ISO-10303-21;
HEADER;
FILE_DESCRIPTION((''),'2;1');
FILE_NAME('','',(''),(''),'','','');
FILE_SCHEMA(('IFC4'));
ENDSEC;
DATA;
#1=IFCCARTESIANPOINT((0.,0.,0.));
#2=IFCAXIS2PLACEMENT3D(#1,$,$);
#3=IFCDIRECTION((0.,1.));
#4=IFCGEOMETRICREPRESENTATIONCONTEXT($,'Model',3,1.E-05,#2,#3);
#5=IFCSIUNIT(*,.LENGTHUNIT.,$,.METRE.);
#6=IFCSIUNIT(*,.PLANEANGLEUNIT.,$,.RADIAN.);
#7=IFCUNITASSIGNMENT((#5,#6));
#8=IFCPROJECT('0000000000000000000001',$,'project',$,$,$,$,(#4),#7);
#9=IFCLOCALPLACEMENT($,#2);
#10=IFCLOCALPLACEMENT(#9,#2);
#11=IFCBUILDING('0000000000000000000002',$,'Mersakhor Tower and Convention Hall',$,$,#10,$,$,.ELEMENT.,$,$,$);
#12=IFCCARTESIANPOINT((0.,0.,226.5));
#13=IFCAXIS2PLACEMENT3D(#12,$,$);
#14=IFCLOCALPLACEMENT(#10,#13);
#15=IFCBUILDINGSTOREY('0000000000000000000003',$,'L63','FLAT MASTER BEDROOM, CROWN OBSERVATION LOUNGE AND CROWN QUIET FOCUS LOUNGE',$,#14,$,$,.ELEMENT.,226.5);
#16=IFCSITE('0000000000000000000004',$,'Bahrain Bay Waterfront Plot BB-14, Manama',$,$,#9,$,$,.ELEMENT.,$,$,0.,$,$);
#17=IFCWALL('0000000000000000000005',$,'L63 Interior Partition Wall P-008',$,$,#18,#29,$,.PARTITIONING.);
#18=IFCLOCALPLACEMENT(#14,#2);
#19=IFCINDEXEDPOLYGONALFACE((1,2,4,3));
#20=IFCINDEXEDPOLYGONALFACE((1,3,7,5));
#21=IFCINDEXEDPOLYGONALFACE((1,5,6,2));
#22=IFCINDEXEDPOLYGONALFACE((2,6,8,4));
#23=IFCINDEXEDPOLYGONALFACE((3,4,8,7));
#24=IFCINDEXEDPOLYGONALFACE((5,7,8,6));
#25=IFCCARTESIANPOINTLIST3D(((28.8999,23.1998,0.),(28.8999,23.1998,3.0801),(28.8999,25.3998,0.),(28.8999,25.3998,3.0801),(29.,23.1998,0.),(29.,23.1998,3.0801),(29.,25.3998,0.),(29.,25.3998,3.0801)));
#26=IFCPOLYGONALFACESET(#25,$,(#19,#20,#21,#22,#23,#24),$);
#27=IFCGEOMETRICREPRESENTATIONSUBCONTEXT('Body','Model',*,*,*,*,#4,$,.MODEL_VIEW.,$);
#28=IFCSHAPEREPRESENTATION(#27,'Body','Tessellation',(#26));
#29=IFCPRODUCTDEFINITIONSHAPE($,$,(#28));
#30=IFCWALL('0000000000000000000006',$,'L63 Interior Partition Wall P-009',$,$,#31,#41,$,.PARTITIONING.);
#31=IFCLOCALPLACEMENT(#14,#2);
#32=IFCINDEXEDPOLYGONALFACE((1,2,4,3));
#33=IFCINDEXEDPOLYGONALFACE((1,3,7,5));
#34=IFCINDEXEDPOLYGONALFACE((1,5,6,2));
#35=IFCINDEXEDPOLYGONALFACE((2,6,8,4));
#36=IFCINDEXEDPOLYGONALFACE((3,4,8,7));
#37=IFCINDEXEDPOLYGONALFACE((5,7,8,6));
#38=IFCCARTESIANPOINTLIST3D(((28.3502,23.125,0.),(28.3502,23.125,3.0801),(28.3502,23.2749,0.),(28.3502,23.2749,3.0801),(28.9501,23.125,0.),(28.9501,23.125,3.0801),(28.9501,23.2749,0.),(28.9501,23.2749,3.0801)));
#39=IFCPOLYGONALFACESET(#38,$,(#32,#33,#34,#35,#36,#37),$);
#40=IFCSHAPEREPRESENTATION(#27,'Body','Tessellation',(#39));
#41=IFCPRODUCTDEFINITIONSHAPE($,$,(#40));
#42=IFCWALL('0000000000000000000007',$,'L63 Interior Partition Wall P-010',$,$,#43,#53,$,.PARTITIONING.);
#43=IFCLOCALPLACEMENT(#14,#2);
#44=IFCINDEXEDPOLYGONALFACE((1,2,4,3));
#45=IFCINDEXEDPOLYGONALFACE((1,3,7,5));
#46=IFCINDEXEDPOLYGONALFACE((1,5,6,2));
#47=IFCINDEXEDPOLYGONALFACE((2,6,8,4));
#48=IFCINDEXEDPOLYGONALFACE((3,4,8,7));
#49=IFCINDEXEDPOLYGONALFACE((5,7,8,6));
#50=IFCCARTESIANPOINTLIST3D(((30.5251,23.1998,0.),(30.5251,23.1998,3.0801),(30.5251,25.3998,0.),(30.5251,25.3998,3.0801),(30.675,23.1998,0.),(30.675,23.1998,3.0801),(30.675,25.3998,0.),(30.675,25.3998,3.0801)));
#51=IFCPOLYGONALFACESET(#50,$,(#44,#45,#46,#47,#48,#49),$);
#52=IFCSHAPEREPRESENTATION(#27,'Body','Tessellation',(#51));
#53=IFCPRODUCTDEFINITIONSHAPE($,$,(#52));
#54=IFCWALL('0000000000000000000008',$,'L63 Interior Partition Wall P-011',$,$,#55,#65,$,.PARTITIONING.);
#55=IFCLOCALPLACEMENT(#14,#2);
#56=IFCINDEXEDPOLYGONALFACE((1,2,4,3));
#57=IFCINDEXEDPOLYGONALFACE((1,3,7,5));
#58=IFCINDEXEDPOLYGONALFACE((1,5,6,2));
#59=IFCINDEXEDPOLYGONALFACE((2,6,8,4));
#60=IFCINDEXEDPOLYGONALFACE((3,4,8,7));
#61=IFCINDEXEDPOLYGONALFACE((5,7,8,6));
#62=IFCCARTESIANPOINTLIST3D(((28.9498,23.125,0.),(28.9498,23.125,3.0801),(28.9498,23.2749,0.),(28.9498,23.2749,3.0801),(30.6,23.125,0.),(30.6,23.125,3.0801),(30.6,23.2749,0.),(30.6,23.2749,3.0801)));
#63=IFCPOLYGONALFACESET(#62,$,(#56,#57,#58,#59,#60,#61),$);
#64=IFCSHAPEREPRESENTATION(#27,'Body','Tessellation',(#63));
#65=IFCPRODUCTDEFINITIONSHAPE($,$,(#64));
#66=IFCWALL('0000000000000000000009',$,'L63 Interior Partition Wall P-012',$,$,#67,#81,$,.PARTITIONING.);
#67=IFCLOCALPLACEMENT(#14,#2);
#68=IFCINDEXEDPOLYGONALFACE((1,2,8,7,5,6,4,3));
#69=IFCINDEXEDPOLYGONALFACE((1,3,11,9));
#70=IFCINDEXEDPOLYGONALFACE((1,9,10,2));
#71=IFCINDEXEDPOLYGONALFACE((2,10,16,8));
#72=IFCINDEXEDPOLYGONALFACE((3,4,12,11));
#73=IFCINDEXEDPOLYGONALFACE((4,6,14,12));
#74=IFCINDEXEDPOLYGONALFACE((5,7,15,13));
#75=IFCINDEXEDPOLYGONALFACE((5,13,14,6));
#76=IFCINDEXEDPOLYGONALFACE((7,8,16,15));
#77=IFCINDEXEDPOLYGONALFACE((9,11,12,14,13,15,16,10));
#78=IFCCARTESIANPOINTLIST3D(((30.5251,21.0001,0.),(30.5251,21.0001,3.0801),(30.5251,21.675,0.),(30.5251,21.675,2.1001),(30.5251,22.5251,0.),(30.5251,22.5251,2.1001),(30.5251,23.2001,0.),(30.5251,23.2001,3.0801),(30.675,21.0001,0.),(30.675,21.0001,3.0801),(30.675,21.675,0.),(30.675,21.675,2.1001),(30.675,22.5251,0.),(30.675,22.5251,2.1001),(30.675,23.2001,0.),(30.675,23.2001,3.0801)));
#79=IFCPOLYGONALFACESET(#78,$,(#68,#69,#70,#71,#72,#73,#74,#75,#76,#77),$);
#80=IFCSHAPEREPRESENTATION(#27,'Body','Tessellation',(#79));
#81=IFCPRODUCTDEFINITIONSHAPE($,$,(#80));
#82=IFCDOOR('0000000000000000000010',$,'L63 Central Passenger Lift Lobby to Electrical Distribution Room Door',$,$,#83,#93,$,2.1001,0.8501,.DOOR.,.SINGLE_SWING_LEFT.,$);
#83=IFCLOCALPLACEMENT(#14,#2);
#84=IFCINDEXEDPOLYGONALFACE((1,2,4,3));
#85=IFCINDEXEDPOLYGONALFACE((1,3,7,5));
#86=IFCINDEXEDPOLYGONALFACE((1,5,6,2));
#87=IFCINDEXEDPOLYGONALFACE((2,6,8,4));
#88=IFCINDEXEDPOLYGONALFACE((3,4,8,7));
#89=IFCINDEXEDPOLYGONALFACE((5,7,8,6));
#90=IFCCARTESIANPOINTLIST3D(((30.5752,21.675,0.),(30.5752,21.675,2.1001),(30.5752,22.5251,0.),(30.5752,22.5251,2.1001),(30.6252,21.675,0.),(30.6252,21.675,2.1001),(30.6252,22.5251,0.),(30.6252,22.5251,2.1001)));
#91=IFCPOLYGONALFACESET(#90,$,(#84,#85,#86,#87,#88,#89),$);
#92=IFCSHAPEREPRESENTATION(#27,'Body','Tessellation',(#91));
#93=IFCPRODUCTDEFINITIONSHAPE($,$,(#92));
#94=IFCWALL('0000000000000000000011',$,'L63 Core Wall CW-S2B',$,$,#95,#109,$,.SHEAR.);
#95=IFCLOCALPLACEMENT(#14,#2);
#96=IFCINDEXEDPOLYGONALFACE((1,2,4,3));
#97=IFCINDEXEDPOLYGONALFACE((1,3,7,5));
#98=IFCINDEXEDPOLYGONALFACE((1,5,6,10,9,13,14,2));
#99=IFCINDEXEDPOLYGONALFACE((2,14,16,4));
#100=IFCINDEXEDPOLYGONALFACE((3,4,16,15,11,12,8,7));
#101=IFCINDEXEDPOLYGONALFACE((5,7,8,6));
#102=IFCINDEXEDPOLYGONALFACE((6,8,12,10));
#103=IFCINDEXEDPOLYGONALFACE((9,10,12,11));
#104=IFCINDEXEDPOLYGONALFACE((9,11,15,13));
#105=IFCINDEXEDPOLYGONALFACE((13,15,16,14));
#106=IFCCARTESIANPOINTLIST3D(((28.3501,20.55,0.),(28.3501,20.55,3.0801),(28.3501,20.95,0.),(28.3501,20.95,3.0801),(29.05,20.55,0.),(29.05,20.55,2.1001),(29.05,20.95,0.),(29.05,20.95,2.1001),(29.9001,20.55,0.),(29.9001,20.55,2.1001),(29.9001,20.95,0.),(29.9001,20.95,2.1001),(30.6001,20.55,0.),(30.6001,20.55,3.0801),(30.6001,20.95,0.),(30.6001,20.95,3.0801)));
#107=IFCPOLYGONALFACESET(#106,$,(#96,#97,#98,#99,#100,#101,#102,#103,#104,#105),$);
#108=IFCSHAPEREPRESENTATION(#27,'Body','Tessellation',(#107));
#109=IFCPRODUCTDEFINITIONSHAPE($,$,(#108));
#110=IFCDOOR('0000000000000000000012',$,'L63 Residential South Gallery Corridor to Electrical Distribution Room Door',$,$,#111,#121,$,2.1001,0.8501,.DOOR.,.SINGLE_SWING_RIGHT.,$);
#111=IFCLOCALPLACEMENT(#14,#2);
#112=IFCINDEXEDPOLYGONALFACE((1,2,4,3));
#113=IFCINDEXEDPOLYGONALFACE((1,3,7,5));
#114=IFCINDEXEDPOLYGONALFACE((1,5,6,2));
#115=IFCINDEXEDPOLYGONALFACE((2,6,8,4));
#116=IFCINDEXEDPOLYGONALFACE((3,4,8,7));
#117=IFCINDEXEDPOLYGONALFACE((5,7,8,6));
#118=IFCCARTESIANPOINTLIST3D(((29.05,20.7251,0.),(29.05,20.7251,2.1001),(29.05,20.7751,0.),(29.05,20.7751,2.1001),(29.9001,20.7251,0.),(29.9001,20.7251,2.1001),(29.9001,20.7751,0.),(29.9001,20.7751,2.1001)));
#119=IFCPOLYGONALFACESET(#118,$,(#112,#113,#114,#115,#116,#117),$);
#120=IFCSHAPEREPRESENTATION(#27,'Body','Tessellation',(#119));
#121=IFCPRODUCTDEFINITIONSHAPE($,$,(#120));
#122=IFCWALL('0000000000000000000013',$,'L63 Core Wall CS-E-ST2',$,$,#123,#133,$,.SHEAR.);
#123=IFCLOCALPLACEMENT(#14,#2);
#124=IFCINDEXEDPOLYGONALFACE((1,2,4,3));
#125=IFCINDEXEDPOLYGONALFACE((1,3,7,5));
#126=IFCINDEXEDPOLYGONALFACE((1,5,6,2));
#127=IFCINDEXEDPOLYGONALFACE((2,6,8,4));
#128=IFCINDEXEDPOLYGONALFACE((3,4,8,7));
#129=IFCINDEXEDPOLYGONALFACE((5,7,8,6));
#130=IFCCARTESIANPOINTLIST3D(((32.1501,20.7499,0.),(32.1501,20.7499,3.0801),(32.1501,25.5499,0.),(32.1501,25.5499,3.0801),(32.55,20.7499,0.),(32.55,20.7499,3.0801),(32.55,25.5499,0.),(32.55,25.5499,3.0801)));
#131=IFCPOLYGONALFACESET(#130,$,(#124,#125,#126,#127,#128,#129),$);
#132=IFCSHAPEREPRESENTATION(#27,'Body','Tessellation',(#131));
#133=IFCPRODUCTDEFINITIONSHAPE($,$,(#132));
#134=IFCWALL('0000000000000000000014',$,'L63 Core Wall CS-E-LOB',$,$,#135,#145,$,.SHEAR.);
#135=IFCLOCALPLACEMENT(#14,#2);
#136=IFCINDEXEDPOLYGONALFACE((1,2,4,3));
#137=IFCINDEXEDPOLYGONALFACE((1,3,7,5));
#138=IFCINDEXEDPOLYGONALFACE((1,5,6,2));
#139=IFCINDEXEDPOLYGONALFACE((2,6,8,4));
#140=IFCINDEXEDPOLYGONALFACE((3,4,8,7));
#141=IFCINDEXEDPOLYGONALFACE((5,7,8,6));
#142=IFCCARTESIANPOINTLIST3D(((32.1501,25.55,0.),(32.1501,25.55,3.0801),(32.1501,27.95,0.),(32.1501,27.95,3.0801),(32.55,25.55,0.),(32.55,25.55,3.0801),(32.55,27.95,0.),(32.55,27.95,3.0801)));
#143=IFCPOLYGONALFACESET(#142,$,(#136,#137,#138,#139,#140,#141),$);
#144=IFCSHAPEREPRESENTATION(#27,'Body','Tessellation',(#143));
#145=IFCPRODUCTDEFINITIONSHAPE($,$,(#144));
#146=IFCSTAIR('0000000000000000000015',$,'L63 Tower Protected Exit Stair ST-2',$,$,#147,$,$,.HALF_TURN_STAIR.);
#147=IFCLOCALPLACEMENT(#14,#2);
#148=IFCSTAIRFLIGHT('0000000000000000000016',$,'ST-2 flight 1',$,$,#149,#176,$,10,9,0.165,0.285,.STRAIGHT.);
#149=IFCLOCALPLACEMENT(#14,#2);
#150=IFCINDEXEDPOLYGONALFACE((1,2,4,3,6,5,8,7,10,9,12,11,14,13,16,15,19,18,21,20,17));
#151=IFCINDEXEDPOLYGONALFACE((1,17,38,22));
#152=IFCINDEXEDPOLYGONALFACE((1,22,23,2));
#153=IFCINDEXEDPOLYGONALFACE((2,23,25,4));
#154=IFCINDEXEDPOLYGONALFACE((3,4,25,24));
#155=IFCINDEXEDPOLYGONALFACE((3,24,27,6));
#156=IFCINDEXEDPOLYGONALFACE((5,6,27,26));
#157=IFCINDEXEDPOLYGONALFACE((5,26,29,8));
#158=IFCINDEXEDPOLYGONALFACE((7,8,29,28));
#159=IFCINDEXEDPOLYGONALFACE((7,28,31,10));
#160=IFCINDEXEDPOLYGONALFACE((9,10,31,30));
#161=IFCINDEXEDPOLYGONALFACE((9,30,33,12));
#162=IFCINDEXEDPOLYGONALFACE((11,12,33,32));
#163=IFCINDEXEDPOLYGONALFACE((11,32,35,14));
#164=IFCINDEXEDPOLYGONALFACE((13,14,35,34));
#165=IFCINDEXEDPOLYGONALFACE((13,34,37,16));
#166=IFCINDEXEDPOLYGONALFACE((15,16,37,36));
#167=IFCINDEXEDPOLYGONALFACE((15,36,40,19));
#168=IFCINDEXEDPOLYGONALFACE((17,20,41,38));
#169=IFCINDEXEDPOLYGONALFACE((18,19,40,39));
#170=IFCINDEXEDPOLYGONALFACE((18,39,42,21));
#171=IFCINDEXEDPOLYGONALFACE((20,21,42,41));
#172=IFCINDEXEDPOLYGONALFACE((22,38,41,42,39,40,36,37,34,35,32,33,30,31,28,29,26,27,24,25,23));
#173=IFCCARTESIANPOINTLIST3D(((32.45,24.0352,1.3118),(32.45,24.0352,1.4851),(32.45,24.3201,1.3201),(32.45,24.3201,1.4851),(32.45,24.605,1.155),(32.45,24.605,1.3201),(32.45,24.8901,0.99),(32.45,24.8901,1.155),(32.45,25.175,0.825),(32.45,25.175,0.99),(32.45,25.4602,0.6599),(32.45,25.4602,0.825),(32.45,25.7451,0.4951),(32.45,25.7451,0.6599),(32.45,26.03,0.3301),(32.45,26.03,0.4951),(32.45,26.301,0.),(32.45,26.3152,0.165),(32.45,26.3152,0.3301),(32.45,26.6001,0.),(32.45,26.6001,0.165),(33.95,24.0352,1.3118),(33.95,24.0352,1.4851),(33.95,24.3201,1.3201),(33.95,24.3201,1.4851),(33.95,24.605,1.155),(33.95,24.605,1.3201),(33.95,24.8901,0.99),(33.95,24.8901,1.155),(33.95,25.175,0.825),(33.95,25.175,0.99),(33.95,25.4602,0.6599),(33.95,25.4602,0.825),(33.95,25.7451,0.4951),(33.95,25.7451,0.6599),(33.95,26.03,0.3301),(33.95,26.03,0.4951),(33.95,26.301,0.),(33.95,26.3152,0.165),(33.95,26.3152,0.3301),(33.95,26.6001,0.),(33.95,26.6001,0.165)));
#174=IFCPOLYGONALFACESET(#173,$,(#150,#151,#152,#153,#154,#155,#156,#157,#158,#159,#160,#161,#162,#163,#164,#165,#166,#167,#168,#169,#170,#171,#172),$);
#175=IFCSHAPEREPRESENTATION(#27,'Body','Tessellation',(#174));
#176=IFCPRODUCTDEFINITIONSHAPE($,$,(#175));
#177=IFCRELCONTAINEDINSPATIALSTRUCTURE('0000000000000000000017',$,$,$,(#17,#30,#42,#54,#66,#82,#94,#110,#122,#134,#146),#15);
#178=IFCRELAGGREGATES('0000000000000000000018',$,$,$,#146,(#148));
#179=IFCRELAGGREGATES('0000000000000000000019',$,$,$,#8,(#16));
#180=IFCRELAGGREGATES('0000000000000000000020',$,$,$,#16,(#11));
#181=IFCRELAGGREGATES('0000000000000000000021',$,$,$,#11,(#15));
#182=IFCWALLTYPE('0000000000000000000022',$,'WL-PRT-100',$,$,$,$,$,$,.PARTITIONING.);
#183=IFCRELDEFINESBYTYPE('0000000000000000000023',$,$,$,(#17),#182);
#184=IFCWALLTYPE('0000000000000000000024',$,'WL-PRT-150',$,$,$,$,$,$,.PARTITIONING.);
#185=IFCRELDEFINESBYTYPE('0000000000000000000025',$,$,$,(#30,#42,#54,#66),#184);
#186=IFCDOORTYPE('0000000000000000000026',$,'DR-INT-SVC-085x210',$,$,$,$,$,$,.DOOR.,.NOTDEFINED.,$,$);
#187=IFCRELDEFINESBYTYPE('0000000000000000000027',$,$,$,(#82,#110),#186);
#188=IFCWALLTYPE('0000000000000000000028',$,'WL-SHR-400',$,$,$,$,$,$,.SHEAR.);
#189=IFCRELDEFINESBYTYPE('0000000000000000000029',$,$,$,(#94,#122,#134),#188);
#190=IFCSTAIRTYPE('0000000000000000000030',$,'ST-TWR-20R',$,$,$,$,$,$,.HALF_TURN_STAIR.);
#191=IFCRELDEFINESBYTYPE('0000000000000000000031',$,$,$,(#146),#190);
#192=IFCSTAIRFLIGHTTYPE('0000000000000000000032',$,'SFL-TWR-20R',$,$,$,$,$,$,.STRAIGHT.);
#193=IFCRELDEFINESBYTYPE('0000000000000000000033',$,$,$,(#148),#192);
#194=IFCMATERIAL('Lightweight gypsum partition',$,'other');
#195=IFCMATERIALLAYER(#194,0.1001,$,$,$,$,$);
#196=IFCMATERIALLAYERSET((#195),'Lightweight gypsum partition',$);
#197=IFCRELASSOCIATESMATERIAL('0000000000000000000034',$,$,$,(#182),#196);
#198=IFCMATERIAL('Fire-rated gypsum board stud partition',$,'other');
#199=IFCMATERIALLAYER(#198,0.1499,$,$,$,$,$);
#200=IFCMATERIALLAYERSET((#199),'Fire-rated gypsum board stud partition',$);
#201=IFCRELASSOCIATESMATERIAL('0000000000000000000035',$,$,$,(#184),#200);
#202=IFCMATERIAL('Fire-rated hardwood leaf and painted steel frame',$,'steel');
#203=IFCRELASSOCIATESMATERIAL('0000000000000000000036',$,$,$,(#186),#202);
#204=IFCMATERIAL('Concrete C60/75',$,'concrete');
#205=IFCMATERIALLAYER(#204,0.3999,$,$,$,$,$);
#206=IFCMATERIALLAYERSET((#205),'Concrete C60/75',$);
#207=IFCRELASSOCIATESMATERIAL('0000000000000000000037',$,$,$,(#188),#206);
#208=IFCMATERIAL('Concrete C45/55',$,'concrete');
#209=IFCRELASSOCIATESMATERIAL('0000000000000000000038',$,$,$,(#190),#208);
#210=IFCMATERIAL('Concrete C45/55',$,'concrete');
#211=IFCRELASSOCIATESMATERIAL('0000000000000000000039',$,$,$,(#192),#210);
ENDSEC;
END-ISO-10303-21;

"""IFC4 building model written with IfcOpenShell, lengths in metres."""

from ifc_helpers import new_model, si_unit, direction, frame, frame_2d, origin, place, context, subcontext, project, spatial, polyline, rectangle, outline, extrude, material, layer, layer_set, type_object, element, fill, aggregate, save


model = new_model("IFC4")

# Units and contexts
model_context = context("Model", 3, precision=1e-05, world=origin(), true_north=direction((0.0, 1.0)))
body_context = subcontext(model_context, "Body", "Model", "MODEL_VIEW")
ifc_project = project(units=[si_unit("LENGTHUNIT", "METRE"), si_unit("PLANEANGLEUNIT", "RADIAN")], contexts=[model_context])

# Site, building, storey
site_placement = place(None, origin())
site = spatial("IfcSite", under=ifc_project, at=site_placement, Name="Bahrain Bay Waterfront Plot BB-14, Manama", CompositionType="ELEMENT", RefElevation=0.0)
building_placement = place(site_placement, origin())
building = spatial("IfcBuilding", under=site, at=building_placement, Name="Mersakhor Tower and Convention Hall", CompositionType="ELEMENT")
storey_placement = place(building_placement, frame((0.0, 0.0, 226.5)))
storey = spatial("IfcBuildingStorey", under=building, at=storey_placement, Name="L63", Description="FLAT MASTER BEDROOM, CROWN OBSERVATION LOUNGE AND CROWN QUIET FOCUS LOUNGE", CompositionType="ELEMENT", Elevation=226.5)

# Walls
ifc_material_1 = material(Name="Lightweight gypsum partition", Category="other")
ifc_layer_1 = layer(ifc_material_1, 0.1001)
ifc_layer_set_1 = layer_set([ifc_layer_1], Name="Lightweight gypsum partition")
wall_type_1 = type_object("IfcWallType", Name="WL-PRT-100", PredefinedType="PARTITIONING", material=ifc_layer_set_1)
wall_1_placement = place(storey_placement, frame((28.95, 25.3999, 0.0), z_axis=(0.0, 0.0, 1.0), x_axis=(0.0, -1.0, 0.0)))
element("IfcWall", 1, at=wall_1_placement, inside=storey, type_object=wall_type_1, Name="L63 Interior Partition Wall P-008", PredefinedType="PARTITIONING", context=body_context, shape_type="SweptSolid", body=[
    extrude(rectangle(XDim=2.2, YDim=0.1001, at=frame_2d((1.1001, 0.0))), origin(), (0.0, 0.0, 1.0), 3.0801),
])
ifc_material_2 = material(Name="Fire-rated gypsum board stud partition", Category="other")
ifc_layer_2 = layer(ifc_material_2, 0.1499)
ifc_layer_set_2 = layer_set([ifc_layer_2], Name="Fire-rated gypsum board stud partition")
wall_type_2 = type_object("IfcWallType", Name="WL-PRT-150", PredefinedType="PARTITIONING", material=ifc_layer_set_2)
wall_2_placement = place(storey_placement, frame((28.95, 23.2, 0.0), z_axis=(0.0, 0.0, 1.0), x_axis=(-1.0, 0.0, 0.0)))
element("IfcWall", 2, at=wall_2_placement, inside=storey, type_object=wall_type_2, Name="L63 Interior Partition Wall P-009", PredefinedType="PARTITIONING", context=body_context, shape_type="SweptSolid", body=[
    extrude(rectangle(XDim=0.5999, YDim=0.1499, at=frame_2d((0.2998, 0.0))), origin(), (0.0, 0.0, 1.0), 3.0801),
])
wall_3_placement = place(storey_placement, frame((30.6001, 25.3999, 0.0), z_axis=(0.0, 0.0, 1.0), x_axis=(0.0, -1.0, 0.0)))
element("IfcWall", 3, at=wall_3_placement, inside=storey, type_object=wall_type_2, Name="L63 Interior Partition Wall P-010", PredefinedType="PARTITIONING", context=body_context, shape_type="SweptSolid", body=[
    extrude(rectangle(XDim=2.2, YDim=0.1499, at=frame_2d((1.1001, 0.0))), origin(), (0.0, 0.0, 1.0), 3.0801),
])
wall_4_placement = place(storey_placement, frame((30.6001, 23.2, 0.0), z_axis=(0.0, 0.0, 1.0), x_axis=(-1.0, 0.0, 0.0)))
element("IfcWall", 4, at=wall_4_placement, inside=storey, type_object=wall_type_2, Name="L63 Interior Partition Wall P-011", PredefinedType="PARTITIONING", context=body_context, shape_type="SweptSolid", body=[
    extrude(rectangle(XDim=1.6501, YDim=0.1499, at=frame_2d((0.8252, 0.0))), origin(), (0.0, 0.0, 1.0), 3.0801),
])

# Walls, openings, doors
wall_5_placement = place(storey_placement, frame((30.6001, 21.0, 0.0), z_axis=(0.0, 0.0, 1.0), x_axis=(0.0, 1.0, 0.0)))
wall_5 = element("IfcWall", 5, at=wall_5_placement, inside=storey, type_object=wall_type_2, Name="L63 Interior Partition Wall P-012", PredefinedType="PARTITIONING", context=body_context, shape_type="SweptSolid", body=[
    extrude(rectangle(XDim=2.2, YDim=0.1499, at=frame_2d((1.1001, 0.0))), origin(), (0.0, 0.0, 1.0), 3.0801),
])
opening_1_placement = place(wall_5_placement, frame((0.675, 0.0, 0.0)))
opening_1 = element("IfcOpeningElement", 6, at=opening_1_placement, cuts=wall_5, PredefinedType="OPENING", context=body_context, shape_type="SweptSolid", body=[
    extrude(rectangle(XDim=0.8501, YDim=2.1001, at=frame_2d((0.425, 1.05))), frame((0.0, 0.085, 0.0), z_axis=(0.0, -1.0, 0.0), x_axis=(1.0, 0.0, 0.0)), (0.0, 0.0, 1.0), 0.1699),
])
ifc_material_3 = material(Name="Fire-rated hardwood leaf and painted steel frame", Category="steel")
door_type_1 = type_object("IfcDoorType", Name="DR-INT-SVC-085x210", OperationType="NOTDEFINED", PredefinedType="DOOR", material=ifc_material_3)
door_1_placement = place(opening_1_placement, origin())
door_1 = element("IfcDoor", 7, at=door_1_placement, inside=storey, type_object=door_type_1, Name="L63 Central Passenger Lift Lobby to Electrical Distribution Room Door", OperationType="SINGLE_SWING_LEFT", OverallHeight=2.1001, OverallWidth=0.8501, PredefinedType="DOOR", context=body_context, shape_type="SweptSolid", body=[
    extrude(rectangle(XDim=0.8501, YDim=2.1001, at=frame_2d((0.425, 1.05))), frame((0.0, 0.0249, 0.0), z_axis=(0.0, -1.0, 0.0), x_axis=(1.0, 0.0, 0.0)), (0.0, 0.0, 1.0), 0.05),
])
fill(opening_1, door_1)
ifc_material_4 = material(Name="Concrete C60/75", Category="concrete")
ifc_layer_3 = layer(ifc_material_4, 0.3999)
ifc_layer_set_3 = layer_set([ifc_layer_3], Name="Concrete C60/75")
wall_type_3 = type_object("IfcWallType", Name="WL-SHR-400", PredefinedType="SHEAR", material=ifc_layer_set_3)
wall_6_placement = place(storey_placement, frame((30.6001, 20.75, 0.0), z_axis=(0.0, 0.0, 1.0), x_axis=(-1.0, 0.0, 0.0)))
wall_6 = element("IfcWall", 8, at=wall_6_placement, inside=storey, type_object=wall_type_3, Name="L63 Core Wall CW-S2B", PredefinedType="SHEAR", context=body_context, shape_type="SweptSolid", body=[
    extrude(rectangle(XDim=2.25, YDim=0.3999, at=frame_2d((1.125, 0.0))), origin(), (0.0, 0.0, 1.0), 3.0801),
])
opening_2_placement = place(wall_6_placement, frame((0.7, 0.0, 0.0)))
opening_2 = element("IfcOpeningElement", 9, at=opening_2_placement, cuts=wall_6, PredefinedType="OPENING", context=body_context, shape_type="SweptSolid", body=[
    extrude(rectangle(XDim=0.8501, YDim=2.1001, at=frame_2d((0.425, 1.05))), frame((0.0, 0.21, 0.0), z_axis=(0.0, -1.0, 0.0), x_axis=(1.0, 0.0, 0.0)), (0.0, 0.0, 1.0), 0.4199),
])
door_2_placement = place(opening_2_placement, origin())
door_2 = element("IfcDoor", 10, at=door_2_placement, inside=storey, type_object=door_type_1, Name="L63 Residential South Gallery Corridor to Electrical Distribution Room Door", OperationType="SINGLE_SWING_RIGHT", OverallHeight=2.1001, OverallWidth=0.8501, PredefinedType="DOOR", context=body_context, shape_type="SweptSolid", body=[
    extrude(rectangle(XDim=0.8501, YDim=2.1001, at=frame_2d((0.425, 1.05))), frame((0.0, 0.0249, 0.0), z_axis=(0.0, -1.0, 0.0), x_axis=(1.0, 0.0, 0.0)), (0.0, 0.0, 1.0), 0.05),
])
fill(opening_2, door_2)

# Walls
wall_7_placement = place(storey_placement, frame((32.3501, 20.75, 0.0), z_axis=(0.0, 0.0, 1.0), x_axis=(0.0, 1.0, 0.0)))
element("IfcWall", 11, at=wall_7_placement, inside=storey, type_object=wall_type_3, Name="L63 Core Wall CS-E-ST2", PredefinedType="SHEAR", context=body_context, shape_type="SweptSolid", body=[
    extrude(rectangle(XDim=4.8, YDim=0.3999, at=frame_2d((2.3999, 0.0))), origin(), (0.0, 0.0, 1.0), 3.0801),
])
wall_8_placement = place(storey_placement, frame((32.3501, 25.55, 0.0), z_axis=(0.0, 0.0, 1.0), x_axis=(0.0, 1.0, 0.0)))
element("IfcWall", 12, at=wall_8_placement, inside=storey, type_object=wall_type_3, Name="L63 Core Wall CS-E-LOB", PredefinedType="SHEAR", context=body_context, shape_type="SweptSolid", body=[
    extrude(rectangle(XDim=2.3999, YDim=0.3999, at=frame_2d((1.2, 0.0))), origin(), (0.0, 0.0, 1.0), 3.0801),
])

# Stair, stair flight
ifc_material_5 = material(Name="Concrete C45/55", Category="concrete")
stair_type = type_object("IfcStairType", Name="ST-TWR-20R", PredefinedType="HALF_TURN_STAIR", material=ifc_material_5)
stair_placement = place(storey_placement, origin())
stair = element("IfcStair", 13, at=stair_placement, inside=storey, type_object=stair_type, Name="L63 Tower Protected Exit Stair ST-2", PredefinedType="HALF_TURN_STAIR")
ifc_material_6 = material(Name="Concrete C45/55", Category="concrete")
stair_flight_type = type_object("IfcStairFlightType", Name="SFL-TWR-20R", PredefinedType="STRAIGHT", material=ifc_material_6)
stair_flight_1_placement = place(storey_placement, frame((33.2, 26.6001, 0.0), z_axis=(0.0, 0.0, 1.0), x_axis=(0.0, -1.0, 0.0)))
stair_flight_1 = element("IfcStairFlight", 14, at=stair_flight_1_placement, type_object=stair_flight_type, Name="ST-2 flight 1", NumberOfRisers=10, NumberOfTreads=9, PredefinedType="STRAIGHT", RiserHeight=0.165, TreadLength=0.285, context=body_context, shape_type="SweptSolid", body=[
    extrude(outline(polyline([(0.0, 0.0), (0.0, 0.165), (0.2849, 0.165), (0.2849, 0.3301), (0.5701, 0.3301), (0.5701, 0.4951), (0.855, 0.4951), (0.855, 0.6599), (1.1399, 0.6599), (1.1399, 0.825), (1.425, 0.825), (1.425, 0.99), (1.71, 0.99), (1.71, 1.155), (1.9951, 1.155), (1.9951, 1.3201), (2.28, 1.3201), (2.28, 1.4851), (2.5649, 1.4851), (2.5649, 1.6499), (2.5649, 1.3118), (0.2991, 0.0), (0.0, 0.0)])), frame((0.0, 0.75, 0.0), z_axis=(0.0, -1.0, 0.0), x_axis=(1.0, 0.0, 0.0)), (0.0, 0.0, 1.0), 1.5),
])
aggregate(stair, [stair_flight_1])

save(model, "model.ifc")
